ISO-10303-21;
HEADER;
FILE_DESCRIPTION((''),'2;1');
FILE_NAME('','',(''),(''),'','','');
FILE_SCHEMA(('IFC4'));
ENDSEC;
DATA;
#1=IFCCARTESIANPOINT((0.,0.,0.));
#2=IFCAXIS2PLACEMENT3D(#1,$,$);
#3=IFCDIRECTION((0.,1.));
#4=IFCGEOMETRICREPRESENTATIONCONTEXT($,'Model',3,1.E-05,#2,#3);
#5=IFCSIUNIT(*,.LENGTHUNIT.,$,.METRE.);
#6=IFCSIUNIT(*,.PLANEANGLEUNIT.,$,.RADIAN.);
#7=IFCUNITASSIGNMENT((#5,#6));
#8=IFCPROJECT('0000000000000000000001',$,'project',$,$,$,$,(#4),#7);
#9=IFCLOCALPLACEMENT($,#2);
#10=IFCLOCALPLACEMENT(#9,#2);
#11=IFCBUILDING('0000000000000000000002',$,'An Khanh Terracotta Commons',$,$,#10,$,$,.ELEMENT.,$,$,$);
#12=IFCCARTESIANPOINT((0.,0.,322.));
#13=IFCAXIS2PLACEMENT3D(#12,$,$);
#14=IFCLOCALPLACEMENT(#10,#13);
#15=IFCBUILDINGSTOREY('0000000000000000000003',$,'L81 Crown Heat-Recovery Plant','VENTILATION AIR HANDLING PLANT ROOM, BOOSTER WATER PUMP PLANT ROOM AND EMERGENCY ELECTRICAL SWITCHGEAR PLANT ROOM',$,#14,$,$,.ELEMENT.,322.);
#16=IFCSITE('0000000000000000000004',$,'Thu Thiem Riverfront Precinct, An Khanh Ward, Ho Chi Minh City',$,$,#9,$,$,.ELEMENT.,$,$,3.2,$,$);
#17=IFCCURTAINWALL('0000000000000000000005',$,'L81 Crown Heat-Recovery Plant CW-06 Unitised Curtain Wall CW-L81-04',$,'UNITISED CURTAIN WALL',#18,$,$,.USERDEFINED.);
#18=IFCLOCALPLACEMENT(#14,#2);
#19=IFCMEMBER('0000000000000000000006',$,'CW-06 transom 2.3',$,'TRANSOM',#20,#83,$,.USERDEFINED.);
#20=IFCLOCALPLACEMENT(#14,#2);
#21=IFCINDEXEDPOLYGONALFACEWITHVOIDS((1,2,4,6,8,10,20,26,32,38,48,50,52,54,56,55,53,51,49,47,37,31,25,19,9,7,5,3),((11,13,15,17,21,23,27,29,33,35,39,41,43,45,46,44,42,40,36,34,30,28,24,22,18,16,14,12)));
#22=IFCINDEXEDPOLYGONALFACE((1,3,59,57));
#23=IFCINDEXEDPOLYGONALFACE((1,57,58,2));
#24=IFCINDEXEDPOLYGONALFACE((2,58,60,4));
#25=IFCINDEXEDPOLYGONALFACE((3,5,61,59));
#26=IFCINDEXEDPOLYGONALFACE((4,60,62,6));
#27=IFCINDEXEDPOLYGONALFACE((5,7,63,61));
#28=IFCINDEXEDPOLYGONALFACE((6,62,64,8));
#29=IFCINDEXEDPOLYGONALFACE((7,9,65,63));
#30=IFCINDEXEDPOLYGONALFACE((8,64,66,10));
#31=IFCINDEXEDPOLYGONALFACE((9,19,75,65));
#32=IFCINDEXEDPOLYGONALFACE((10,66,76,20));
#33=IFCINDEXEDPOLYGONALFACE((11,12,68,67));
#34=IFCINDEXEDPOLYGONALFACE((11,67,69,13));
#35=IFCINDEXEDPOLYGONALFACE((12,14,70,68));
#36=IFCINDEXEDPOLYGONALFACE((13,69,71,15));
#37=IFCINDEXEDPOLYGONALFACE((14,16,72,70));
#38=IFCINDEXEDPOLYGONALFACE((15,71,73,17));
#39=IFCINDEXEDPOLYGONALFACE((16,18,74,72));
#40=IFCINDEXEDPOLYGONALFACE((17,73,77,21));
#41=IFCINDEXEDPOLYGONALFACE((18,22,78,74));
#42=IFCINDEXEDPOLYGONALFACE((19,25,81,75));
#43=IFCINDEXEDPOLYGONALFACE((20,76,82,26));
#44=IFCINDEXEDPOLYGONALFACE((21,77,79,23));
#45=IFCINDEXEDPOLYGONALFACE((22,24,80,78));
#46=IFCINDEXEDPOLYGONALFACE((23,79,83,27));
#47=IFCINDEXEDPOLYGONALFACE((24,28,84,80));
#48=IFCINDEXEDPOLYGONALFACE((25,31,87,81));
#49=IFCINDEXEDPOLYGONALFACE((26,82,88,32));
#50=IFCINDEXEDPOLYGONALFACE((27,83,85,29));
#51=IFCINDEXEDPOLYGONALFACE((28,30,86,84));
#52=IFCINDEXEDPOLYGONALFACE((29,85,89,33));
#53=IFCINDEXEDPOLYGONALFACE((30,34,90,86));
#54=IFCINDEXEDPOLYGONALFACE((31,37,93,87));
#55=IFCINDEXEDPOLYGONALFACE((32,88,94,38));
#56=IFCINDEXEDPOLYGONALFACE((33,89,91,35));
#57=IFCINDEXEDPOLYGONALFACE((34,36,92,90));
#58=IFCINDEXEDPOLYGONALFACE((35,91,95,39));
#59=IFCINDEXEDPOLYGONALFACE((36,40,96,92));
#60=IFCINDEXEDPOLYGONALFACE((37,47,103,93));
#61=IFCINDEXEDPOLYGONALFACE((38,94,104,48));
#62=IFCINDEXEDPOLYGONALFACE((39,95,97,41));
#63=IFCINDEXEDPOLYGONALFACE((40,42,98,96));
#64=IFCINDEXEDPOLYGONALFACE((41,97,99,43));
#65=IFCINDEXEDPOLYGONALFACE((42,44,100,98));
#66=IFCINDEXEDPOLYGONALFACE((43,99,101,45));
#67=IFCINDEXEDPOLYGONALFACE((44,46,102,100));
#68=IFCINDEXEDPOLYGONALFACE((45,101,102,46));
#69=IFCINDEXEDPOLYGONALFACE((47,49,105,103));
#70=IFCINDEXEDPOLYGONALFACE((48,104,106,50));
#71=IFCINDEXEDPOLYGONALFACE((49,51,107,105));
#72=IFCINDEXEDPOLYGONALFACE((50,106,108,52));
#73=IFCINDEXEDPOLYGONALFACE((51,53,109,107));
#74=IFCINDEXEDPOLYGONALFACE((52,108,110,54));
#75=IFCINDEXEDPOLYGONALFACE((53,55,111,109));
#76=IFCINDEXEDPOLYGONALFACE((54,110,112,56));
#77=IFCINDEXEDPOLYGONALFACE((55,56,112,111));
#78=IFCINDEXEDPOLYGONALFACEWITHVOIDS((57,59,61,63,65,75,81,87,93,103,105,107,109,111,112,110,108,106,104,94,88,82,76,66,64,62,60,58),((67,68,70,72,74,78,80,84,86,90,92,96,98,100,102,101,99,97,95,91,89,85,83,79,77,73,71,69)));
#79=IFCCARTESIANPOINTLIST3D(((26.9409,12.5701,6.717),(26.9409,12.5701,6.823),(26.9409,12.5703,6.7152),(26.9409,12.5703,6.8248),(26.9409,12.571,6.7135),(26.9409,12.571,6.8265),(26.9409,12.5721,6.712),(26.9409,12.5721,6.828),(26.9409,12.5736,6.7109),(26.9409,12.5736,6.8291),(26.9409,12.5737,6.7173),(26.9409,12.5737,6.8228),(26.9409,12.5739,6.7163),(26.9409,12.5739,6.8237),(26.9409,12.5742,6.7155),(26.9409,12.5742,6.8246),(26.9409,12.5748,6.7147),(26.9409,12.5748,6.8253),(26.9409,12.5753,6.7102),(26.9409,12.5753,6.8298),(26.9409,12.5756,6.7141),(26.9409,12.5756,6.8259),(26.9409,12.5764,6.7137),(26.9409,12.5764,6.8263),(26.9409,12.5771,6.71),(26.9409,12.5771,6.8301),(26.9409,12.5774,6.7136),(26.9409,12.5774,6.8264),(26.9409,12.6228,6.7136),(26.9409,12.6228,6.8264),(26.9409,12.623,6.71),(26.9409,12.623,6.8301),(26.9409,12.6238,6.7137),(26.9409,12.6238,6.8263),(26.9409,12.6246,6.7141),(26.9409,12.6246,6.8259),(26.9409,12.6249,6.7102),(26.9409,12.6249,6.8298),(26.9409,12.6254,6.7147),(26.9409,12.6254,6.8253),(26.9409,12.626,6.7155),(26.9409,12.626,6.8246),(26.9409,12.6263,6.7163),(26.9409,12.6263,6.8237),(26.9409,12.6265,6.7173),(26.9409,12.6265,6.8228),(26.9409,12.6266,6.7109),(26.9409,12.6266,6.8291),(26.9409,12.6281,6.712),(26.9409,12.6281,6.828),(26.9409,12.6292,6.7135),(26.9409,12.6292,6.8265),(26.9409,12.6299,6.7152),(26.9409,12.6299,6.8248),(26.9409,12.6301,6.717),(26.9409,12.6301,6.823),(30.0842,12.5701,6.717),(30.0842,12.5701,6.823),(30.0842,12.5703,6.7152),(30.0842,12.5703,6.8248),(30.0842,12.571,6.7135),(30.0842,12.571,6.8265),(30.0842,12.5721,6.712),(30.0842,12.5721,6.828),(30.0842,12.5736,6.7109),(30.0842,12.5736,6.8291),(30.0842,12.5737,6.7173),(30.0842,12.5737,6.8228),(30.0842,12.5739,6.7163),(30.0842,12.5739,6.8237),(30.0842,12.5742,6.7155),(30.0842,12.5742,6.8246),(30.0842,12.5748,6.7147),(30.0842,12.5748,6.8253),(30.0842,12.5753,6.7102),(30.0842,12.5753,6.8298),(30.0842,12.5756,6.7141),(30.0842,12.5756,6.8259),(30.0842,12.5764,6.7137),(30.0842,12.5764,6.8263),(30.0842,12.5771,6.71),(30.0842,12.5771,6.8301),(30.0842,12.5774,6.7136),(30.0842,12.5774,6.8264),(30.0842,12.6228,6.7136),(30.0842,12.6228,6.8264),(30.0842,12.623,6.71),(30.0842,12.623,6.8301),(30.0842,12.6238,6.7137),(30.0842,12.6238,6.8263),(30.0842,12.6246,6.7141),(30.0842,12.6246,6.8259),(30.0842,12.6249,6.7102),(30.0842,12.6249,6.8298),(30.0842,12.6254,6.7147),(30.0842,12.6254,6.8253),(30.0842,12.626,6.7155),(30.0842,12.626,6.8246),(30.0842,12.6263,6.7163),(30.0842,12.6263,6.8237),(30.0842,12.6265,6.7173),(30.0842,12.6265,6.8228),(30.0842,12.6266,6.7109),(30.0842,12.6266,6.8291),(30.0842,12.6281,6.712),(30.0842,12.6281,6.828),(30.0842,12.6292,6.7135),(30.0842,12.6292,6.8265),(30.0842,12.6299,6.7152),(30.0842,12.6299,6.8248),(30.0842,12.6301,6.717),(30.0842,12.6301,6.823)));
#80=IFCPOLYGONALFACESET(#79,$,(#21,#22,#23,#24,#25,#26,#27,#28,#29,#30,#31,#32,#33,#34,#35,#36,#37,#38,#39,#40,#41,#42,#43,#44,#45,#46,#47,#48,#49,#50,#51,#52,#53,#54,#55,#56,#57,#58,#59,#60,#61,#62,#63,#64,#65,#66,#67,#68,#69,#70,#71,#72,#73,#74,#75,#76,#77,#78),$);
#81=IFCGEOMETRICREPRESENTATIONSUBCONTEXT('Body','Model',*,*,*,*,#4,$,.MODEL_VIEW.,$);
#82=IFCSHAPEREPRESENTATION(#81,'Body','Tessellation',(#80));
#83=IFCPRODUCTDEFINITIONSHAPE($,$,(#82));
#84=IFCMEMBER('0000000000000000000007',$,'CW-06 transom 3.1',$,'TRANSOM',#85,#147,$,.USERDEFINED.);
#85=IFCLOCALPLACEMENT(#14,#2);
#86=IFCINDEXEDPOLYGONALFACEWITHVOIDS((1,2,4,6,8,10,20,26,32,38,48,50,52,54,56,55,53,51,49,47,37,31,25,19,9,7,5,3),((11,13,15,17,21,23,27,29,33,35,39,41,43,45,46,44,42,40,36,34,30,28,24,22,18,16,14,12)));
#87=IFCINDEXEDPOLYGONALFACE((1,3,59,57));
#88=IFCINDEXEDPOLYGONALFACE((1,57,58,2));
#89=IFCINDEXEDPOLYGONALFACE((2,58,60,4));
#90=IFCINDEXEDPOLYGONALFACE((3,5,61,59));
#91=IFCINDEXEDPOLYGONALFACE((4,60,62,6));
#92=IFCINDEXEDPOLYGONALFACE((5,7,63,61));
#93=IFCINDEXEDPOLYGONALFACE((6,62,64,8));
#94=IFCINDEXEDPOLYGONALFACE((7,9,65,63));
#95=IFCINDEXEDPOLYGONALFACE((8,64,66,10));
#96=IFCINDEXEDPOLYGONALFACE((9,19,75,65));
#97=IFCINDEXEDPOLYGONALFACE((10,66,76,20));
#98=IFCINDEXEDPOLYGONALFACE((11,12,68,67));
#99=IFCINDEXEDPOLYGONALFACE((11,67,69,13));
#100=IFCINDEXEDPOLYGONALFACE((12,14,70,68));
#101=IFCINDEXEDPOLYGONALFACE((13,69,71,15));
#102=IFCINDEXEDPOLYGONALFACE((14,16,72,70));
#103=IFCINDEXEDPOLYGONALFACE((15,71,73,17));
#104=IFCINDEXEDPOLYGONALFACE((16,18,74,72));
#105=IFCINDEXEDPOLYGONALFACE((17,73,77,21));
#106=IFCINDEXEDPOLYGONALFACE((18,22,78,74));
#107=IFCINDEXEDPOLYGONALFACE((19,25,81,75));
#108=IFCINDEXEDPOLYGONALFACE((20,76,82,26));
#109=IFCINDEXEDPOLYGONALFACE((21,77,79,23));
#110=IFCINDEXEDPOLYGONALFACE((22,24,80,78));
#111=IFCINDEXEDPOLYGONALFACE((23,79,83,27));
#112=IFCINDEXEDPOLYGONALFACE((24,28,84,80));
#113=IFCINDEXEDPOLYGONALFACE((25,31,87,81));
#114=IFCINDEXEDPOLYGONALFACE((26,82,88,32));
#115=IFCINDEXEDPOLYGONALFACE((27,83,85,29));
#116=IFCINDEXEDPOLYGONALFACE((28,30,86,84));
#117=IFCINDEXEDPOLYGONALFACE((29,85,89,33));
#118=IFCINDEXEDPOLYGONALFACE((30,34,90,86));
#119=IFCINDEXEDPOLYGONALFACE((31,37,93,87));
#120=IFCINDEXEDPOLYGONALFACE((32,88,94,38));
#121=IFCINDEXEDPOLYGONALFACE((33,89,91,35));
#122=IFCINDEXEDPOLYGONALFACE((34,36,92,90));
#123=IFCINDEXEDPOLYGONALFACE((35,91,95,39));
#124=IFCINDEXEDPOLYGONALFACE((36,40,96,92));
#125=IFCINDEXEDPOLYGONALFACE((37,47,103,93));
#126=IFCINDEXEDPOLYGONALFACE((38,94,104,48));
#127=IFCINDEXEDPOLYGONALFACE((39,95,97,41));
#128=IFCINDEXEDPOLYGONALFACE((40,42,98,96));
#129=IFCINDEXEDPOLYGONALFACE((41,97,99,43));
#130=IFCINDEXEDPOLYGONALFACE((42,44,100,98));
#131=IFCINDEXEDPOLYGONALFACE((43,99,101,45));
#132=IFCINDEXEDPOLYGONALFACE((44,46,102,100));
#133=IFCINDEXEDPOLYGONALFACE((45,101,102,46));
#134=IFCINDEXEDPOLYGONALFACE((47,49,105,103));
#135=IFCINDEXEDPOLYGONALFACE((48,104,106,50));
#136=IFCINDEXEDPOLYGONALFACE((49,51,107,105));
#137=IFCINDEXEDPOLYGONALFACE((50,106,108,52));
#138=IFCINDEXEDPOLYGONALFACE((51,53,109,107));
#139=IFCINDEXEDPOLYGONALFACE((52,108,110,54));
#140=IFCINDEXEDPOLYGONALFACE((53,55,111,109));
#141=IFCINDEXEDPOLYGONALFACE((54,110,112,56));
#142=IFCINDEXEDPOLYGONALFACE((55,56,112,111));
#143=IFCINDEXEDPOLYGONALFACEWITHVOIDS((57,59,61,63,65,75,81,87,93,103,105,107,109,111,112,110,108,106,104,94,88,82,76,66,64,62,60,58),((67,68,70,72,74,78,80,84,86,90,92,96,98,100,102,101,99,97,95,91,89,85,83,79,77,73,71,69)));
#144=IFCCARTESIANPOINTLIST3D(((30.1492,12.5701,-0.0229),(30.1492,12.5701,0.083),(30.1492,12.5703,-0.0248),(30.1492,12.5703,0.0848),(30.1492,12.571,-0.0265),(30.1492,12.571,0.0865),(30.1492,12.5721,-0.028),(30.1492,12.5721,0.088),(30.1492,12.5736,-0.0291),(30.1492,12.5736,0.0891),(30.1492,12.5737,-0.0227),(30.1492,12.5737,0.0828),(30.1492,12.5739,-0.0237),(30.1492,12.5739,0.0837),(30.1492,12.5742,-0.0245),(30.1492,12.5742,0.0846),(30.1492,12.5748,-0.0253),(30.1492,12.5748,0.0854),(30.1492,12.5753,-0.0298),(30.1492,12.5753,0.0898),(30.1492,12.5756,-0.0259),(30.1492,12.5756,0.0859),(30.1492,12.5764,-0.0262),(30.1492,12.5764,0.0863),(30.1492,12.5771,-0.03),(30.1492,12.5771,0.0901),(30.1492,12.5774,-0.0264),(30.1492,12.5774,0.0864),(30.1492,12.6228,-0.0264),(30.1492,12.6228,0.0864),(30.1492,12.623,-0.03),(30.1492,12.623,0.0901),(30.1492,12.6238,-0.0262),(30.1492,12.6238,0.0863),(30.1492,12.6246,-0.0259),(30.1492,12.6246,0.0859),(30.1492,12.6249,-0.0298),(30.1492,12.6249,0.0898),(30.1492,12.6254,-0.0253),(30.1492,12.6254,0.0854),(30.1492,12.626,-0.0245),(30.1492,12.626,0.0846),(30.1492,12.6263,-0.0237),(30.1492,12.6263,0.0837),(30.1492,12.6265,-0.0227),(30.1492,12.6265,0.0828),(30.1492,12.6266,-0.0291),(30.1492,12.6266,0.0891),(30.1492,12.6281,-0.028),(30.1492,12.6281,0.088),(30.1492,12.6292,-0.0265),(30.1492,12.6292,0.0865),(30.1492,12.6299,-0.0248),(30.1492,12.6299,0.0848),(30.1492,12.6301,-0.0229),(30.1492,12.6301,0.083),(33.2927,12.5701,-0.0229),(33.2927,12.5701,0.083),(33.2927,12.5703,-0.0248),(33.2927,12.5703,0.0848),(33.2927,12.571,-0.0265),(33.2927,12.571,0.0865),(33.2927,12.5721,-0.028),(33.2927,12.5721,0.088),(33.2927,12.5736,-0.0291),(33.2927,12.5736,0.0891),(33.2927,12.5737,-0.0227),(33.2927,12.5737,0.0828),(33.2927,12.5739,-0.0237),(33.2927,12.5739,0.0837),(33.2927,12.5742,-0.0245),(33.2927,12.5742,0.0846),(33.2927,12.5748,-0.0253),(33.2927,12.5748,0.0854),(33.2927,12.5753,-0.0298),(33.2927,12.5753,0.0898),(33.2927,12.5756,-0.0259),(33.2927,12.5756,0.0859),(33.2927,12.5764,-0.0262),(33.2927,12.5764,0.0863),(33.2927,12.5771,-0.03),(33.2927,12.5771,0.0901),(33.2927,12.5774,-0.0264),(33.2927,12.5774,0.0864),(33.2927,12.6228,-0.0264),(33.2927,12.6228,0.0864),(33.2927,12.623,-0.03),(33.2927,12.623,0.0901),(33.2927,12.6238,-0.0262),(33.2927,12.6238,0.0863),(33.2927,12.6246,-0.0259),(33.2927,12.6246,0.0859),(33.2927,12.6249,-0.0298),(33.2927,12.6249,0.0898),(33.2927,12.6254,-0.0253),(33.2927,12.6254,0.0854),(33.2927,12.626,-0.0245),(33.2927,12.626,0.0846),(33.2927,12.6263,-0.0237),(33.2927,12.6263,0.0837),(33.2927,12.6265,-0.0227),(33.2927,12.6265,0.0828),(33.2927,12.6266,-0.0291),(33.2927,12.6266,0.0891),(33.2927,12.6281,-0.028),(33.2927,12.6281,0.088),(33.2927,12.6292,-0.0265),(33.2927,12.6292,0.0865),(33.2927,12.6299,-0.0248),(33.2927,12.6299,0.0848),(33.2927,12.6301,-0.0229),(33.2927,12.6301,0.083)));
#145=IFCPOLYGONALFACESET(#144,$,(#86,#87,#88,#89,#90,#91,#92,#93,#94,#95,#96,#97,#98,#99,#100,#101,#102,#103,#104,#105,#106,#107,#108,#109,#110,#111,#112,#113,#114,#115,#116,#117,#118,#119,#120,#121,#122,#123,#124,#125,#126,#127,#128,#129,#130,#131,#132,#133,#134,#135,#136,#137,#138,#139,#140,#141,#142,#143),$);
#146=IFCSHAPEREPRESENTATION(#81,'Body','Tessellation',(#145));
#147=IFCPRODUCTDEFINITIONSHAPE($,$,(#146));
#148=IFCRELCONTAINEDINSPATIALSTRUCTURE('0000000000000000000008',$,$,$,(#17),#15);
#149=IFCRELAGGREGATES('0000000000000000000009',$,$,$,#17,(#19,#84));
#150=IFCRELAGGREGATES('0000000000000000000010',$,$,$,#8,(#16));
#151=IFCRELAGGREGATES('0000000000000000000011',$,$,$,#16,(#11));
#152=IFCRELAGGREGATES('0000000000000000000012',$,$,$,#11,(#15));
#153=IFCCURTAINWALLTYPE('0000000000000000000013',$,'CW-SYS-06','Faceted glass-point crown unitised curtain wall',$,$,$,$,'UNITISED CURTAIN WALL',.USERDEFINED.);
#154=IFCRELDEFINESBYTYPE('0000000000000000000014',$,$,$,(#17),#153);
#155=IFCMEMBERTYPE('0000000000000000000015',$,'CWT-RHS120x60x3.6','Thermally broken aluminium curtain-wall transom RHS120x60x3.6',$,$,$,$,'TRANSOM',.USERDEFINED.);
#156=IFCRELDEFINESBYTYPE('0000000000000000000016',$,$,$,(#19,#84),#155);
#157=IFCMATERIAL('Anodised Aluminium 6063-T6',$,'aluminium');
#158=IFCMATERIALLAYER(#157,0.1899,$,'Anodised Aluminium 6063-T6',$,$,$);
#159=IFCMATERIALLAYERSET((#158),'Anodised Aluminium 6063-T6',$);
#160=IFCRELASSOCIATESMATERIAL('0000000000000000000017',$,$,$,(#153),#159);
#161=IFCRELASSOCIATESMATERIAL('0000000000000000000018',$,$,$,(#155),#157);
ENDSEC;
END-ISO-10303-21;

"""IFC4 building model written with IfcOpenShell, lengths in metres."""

from ifc_helpers import new_model, si_unit, direction, frame, origin, origin_2d, place, context, subcontext, project, spatial, hollow_rectangle, extrude, material, layer, layer_set, material_profile, profile_set, type_object, element, aggregate, save


model = new_model("IFC4")

# Units and contexts
model_context = context("Model", 3, precision=1e-05, world=origin(), true_north=direction((0.0, 1.0)))
body_context = subcontext(model_context, "Body", "Model", "MODEL_VIEW")
ifc_project = project(units=[si_unit("LENGTHUNIT", "METRE"), si_unit("PLANEANGLEUNIT", "RADIAN")], contexts=[model_context])

# Site, building, storey
site_placement = place(None, origin())
site = spatial("IfcSite", under=ifc_project, at=site_placement, Name="Thu Thiem Riverfront Precinct, An Khanh Ward, Ho Chi Minh City", CompositionType="ELEMENT", RefElevation=3.2)
building_placement = place(site_placement, origin())
building = spatial("IfcBuilding", under=site, at=building_placement, Name="An Khanh Terracotta Commons", CompositionType="ELEMENT")
storey_placement = place(building_placement, frame((0.0, 0.0, 322.0)))
storey = spatial("IfcBuildingStorey", under=building, at=storey_placement, Name="L81 Crown Heat-Recovery Plant", Description="VENTILATION AIR HANDLING PLANT ROOM, BOOSTER WATER PUMP PLANT ROOM AND EMERGENCY ELECTRICAL SWITCHGEAR PLANT ROOM", CompositionType="ELEMENT", Elevation=322.0)

# Curtain wall, members
ifc_material_1 = material(Name="Anodised Aluminium 6063-T6", Category="aluminium")
ifc_layer_1 = layer(ifc_material_1, 0.1899, Name="Anodised Aluminium 6063-T6")
ifc_layer_set_1 = layer_set([ifc_layer_1], Name="Anodised Aluminium 6063-T6")
curtain_wall_type = type_object("IfcCurtainWallType", Name="CW-SYS-06", Description="Faceted glass-point crown unitised curtain wall", ElementType="UNITISED CURTAIN WALL", PredefinedType="USERDEFINED", material=ifc_layer_set_1)
curtain_wall_placement = place(storey_placement, origin())
curtain_wall = element("IfcCurtainWall", 1, at=curtain_wall_placement, inside=storey, type_object=curtain_wall_type, Name="L81 Crown Heat-Recovery Plant CW-06 Unitised Curtain Wall CW-L81-04", ObjectType="UNITISED CURTAIN WALL", PredefinedType="USERDEFINED")
ifc_material_profile_1 = material_profile(ifc_material_1, hollow_rectangle(XDim=0.0601, YDim=0.1201, WallThickness=0.0037, InnerFilletRadius=0.0037, OuterFilletRadius=0.0071, at=origin_2d()), Name="RHS120x60x3.6")
ifc_profile_set_1 = profile_set([ifc_material_profile_1], Name="Anodised Aluminium 6063-T6")
member_type_1 = type_object("IfcMemberType", Name="CWT-RHS120x60x3.6", Description="Thermally broken aluminium curtain-wall transom RHS120x60x3.6", ElementType="TRANSOM", PredefinedType="USERDEFINED", material=ifc_profile_set_1)
member_1_placement = place(storey_placement, frame((26.9409, 12.6001, 6.77), z_axis=(1.0, 0.0, 0.0), x_axis=(0.0, 1.0, 0.0)))
member_1 = element("IfcMember", 2, at=member_1_placement, type_object=member_type_1, Name="CW-06 transom 2.3", ObjectType="TRANSOM", PredefinedType="USERDEFINED", context=body_context, shape_type="SweptSolid", body=[
    extrude(hollow_rectangle(XDim=0.0601, YDim=0.1201, WallThickness=0.0037, InnerFilletRadius=0.0037, OuterFilletRadius=0.0071, at=origin_2d()), origin(), (0.0, 0.0, 1.0), 3.1433),
])
member_2_placement = place(storey_placement, frame((30.1492, 12.6001, 0.03), z_axis=(1.0, 0.0, 0.0), x_axis=(0.0, 1.0, 0.0)))
member_2 = element("IfcMember", 3, at=member_2_placement, type_object=member_type_1, Name="CW-06 transom 3.1", ObjectType="TRANSOM", PredefinedType="USERDEFINED", context=body_context, shape_type="SweptSolid", body=[
    extrude(hollow_rectangle(XDim=0.0601, YDim=0.1201, WallThickness=0.0037, InnerFilletRadius=0.0037, OuterFilletRadius=0.0071, at=origin_2d()), origin(), (0.0, 0.0, 1.0), 3.1436),
])
aggregate(curtain_wall, [member_1, member_2])

save(model, "model.ifc")
